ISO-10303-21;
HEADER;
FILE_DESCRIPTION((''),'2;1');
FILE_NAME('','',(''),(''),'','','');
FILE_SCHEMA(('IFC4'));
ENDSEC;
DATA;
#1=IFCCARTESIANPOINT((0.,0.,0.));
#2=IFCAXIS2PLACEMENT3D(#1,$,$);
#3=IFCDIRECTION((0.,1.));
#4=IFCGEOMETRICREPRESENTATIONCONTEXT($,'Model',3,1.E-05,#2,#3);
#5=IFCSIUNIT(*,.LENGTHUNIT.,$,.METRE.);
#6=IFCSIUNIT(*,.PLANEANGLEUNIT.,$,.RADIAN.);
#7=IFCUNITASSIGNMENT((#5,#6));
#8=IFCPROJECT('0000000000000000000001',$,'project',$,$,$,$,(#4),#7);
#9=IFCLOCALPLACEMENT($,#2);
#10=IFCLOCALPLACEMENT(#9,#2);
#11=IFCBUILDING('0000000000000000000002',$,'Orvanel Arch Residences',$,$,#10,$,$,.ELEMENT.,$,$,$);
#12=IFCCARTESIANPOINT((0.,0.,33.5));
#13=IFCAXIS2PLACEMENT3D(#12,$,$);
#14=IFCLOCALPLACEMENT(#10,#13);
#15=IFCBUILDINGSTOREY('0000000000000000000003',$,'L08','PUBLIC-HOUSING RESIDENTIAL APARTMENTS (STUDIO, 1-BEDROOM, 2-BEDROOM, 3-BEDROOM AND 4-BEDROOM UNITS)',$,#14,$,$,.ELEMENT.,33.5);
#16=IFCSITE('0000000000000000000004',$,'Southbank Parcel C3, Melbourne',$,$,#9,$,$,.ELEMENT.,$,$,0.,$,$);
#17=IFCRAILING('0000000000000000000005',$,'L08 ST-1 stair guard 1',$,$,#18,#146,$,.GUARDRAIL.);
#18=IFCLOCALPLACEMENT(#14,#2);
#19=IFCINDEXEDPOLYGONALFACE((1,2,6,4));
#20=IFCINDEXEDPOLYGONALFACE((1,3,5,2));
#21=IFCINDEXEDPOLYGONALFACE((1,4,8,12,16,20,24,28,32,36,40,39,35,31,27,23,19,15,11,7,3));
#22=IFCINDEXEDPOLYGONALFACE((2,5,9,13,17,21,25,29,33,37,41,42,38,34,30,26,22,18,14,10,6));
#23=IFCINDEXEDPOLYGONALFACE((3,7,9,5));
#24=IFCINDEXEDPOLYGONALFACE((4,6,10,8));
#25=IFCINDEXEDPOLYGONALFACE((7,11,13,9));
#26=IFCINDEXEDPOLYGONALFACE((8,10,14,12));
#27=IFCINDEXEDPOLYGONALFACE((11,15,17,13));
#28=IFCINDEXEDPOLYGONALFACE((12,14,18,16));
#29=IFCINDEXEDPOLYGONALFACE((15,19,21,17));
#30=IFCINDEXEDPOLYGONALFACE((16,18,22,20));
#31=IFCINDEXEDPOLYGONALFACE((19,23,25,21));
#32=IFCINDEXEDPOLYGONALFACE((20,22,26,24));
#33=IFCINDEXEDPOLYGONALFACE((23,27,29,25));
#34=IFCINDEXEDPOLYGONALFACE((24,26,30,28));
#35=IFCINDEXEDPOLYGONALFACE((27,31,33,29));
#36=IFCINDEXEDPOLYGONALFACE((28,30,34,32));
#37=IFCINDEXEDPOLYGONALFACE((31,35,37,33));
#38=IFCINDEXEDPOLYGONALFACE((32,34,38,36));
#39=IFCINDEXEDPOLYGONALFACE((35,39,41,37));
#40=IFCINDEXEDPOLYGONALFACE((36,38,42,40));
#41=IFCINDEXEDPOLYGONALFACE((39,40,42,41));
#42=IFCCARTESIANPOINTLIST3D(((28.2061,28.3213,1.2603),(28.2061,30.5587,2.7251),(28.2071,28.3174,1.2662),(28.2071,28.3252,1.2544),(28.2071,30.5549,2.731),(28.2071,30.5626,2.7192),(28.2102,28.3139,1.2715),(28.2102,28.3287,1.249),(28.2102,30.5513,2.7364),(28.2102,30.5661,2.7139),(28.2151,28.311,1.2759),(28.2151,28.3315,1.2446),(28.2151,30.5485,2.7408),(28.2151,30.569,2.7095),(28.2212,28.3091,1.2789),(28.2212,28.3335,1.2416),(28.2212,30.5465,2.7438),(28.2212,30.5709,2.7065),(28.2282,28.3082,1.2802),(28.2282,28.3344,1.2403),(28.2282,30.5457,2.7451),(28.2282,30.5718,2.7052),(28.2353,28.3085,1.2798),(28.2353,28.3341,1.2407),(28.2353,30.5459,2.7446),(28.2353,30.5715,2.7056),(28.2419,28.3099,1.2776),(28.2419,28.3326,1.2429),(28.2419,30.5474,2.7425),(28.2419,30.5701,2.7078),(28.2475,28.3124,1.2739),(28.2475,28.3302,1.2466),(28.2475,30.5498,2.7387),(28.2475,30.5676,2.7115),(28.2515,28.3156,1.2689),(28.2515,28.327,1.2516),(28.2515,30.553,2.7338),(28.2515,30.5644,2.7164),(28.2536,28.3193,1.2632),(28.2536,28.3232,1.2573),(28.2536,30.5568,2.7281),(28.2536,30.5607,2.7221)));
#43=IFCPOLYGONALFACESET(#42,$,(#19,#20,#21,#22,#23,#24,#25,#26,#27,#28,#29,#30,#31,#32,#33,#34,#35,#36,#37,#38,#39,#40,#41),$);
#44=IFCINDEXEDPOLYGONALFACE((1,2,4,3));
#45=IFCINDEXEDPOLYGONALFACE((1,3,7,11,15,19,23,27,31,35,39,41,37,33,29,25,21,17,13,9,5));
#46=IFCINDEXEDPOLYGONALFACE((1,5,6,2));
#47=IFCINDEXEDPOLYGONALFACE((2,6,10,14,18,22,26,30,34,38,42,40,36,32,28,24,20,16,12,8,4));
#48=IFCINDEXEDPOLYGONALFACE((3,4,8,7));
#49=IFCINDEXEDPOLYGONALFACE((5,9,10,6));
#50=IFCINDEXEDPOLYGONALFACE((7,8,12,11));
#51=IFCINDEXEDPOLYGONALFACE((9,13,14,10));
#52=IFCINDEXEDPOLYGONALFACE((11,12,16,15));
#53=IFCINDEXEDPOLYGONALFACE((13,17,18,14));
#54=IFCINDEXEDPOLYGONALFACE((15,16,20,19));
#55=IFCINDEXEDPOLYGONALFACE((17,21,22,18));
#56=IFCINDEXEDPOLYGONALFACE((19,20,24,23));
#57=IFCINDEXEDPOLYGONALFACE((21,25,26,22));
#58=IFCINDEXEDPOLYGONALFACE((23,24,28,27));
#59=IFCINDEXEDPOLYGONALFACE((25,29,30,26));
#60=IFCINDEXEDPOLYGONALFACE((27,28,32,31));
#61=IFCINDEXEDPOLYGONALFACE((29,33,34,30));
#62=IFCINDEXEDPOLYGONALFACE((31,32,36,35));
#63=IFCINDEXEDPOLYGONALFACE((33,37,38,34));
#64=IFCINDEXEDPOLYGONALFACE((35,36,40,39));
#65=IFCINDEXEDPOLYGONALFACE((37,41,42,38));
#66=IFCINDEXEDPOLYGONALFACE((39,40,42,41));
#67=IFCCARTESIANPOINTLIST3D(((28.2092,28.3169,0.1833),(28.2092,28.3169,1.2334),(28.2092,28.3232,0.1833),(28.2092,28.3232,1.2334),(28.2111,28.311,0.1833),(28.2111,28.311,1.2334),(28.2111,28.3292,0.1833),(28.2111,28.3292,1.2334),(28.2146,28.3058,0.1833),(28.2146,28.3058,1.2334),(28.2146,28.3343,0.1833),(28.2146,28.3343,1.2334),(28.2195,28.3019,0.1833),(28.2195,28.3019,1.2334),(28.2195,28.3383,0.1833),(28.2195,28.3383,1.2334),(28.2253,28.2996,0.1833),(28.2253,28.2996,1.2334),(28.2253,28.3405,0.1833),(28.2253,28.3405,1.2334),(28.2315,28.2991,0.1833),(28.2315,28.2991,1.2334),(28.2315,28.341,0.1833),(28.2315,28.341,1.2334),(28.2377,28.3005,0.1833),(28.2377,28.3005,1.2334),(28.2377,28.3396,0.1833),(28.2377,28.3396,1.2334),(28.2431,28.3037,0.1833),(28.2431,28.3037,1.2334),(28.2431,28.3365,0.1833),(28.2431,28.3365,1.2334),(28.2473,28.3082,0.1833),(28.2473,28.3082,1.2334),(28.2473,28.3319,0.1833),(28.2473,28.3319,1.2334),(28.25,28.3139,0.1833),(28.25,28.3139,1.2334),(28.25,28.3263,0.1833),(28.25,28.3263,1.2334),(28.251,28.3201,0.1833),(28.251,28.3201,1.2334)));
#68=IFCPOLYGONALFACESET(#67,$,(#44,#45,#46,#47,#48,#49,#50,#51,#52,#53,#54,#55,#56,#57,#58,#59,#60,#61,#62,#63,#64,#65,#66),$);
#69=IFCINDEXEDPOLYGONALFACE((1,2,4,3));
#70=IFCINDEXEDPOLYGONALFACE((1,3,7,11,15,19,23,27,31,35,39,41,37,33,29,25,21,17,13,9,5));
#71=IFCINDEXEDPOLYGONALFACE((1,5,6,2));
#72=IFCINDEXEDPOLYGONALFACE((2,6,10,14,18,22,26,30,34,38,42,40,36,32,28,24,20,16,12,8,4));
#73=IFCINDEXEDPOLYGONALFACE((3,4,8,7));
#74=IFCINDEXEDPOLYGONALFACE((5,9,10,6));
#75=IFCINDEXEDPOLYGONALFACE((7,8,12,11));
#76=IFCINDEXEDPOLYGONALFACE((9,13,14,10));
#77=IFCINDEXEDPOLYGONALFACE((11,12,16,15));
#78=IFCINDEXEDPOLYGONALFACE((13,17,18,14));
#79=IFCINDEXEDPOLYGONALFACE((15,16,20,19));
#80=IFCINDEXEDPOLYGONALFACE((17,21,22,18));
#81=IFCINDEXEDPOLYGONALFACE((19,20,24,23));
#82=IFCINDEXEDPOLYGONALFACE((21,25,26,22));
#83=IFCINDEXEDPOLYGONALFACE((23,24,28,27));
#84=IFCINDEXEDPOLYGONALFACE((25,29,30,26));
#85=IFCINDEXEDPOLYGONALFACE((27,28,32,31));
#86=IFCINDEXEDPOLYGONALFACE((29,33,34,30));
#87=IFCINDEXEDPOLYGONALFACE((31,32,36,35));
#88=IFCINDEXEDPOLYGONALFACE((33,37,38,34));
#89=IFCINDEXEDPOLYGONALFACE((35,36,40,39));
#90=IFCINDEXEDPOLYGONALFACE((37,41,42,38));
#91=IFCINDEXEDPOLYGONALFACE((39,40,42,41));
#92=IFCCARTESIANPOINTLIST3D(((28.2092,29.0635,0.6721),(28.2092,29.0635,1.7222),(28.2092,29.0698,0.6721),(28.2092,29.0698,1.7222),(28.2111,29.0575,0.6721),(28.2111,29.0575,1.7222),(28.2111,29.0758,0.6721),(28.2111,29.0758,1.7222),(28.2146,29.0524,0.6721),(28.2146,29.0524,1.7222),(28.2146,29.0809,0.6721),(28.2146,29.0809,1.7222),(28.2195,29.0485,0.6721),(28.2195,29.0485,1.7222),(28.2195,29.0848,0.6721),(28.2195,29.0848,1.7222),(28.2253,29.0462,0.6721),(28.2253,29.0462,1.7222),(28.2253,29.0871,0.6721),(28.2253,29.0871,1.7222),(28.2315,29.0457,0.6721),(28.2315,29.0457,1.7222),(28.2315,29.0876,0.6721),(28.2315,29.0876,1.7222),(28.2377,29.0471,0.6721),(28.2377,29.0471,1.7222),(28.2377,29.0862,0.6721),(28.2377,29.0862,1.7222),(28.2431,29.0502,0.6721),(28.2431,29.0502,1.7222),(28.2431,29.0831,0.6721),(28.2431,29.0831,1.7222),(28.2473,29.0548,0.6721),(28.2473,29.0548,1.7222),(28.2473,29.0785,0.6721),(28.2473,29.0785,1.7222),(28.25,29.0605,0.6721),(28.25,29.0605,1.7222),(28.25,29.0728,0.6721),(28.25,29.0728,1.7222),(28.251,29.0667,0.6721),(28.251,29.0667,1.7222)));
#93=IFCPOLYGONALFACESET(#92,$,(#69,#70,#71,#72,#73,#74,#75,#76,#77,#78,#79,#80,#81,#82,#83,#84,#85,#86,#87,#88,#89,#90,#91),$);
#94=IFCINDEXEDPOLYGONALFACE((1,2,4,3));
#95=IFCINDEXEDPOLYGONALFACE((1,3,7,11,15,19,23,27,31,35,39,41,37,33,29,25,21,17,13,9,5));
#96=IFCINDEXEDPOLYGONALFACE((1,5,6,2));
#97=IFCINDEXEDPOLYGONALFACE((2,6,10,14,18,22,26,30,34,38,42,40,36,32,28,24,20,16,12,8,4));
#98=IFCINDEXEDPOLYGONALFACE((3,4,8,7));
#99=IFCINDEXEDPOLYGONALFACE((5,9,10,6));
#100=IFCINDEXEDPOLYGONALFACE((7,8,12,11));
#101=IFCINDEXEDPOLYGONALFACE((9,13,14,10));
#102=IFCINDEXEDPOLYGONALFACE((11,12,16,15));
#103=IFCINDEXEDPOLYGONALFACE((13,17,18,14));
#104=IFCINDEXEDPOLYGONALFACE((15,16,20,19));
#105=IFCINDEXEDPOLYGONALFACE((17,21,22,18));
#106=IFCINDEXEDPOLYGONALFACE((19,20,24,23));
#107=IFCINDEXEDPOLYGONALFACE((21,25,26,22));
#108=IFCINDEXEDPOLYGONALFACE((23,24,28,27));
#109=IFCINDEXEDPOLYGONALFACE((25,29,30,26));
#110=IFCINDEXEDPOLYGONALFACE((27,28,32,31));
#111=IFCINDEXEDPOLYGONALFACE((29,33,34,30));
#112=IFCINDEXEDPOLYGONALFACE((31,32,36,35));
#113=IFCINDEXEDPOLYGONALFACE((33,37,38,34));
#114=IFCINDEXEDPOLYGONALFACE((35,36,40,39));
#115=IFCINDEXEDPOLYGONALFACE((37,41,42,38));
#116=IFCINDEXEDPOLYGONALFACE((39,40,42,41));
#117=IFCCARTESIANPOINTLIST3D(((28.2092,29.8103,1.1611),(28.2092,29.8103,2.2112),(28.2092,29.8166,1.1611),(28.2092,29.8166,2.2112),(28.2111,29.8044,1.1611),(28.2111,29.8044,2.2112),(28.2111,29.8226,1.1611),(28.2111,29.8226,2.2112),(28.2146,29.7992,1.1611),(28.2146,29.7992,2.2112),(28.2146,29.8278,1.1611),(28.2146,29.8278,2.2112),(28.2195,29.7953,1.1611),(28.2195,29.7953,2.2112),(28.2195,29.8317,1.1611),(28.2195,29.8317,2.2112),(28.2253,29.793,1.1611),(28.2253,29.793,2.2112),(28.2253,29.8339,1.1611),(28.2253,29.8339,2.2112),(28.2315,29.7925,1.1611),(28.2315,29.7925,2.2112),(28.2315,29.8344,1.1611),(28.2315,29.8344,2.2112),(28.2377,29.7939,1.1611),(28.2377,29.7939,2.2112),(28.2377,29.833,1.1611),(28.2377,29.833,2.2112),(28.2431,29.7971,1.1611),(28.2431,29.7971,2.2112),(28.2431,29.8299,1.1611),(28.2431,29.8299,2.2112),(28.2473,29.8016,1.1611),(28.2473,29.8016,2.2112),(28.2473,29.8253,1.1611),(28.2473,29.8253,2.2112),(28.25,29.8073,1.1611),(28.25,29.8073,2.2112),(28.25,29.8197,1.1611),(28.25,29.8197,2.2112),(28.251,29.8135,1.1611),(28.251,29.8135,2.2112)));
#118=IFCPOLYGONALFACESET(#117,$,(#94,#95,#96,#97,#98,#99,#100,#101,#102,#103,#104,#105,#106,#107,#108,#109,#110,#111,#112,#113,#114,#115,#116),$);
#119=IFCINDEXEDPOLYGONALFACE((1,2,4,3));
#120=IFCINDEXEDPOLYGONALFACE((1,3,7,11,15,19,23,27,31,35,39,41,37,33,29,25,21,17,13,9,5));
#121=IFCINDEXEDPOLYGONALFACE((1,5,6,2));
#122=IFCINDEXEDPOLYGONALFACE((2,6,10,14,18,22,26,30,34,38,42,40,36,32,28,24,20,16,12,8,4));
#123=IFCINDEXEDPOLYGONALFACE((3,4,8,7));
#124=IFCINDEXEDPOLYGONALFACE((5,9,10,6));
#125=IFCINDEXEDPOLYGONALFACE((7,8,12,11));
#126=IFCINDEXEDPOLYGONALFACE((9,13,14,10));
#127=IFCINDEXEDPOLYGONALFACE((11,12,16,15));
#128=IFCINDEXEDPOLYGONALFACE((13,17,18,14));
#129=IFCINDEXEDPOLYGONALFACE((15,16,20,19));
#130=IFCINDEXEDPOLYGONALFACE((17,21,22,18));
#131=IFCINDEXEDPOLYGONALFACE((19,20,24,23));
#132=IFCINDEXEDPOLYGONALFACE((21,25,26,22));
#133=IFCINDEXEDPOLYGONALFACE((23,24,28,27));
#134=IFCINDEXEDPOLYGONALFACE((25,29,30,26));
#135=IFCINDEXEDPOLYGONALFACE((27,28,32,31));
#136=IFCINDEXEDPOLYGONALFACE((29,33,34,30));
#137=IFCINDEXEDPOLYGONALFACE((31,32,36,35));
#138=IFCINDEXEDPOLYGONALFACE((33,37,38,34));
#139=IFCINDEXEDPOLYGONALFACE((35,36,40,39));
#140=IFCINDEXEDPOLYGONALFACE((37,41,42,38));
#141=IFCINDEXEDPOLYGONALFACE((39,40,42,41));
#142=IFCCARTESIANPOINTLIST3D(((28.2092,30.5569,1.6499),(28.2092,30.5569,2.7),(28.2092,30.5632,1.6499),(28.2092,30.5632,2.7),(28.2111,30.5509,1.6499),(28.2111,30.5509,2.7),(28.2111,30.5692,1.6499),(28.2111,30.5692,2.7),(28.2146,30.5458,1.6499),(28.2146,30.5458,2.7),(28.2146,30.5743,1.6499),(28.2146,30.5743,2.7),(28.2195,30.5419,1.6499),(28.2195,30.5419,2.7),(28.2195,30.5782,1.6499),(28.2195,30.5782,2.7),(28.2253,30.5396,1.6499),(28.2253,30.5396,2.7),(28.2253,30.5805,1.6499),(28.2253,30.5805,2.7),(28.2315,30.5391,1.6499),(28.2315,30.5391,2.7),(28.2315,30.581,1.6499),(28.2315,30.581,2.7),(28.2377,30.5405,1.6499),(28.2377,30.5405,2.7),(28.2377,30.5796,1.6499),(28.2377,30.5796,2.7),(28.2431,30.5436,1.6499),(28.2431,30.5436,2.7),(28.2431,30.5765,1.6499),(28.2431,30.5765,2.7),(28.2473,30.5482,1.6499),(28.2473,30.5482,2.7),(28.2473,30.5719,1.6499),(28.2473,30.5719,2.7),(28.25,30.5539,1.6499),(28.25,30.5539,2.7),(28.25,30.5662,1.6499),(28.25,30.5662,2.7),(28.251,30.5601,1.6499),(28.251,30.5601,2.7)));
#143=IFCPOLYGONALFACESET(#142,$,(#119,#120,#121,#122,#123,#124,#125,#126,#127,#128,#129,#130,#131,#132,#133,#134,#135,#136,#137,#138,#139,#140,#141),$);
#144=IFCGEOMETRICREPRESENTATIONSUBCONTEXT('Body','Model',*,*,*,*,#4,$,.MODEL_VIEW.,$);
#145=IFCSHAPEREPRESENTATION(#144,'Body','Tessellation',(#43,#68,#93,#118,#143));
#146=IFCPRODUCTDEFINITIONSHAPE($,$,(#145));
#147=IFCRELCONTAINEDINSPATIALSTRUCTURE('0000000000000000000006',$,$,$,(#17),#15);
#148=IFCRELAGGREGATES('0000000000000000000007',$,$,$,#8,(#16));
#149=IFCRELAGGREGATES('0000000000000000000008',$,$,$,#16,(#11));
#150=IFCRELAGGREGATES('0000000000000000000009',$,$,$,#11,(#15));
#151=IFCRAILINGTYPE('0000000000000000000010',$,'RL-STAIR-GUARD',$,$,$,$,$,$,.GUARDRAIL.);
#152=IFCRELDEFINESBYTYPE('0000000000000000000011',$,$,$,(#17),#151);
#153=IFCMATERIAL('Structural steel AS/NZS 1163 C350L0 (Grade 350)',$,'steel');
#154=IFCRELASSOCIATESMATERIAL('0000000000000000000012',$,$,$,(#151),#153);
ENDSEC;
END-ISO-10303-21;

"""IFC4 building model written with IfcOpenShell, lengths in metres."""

from ifc_helpers import new_model, si_unit, direction, frame, origin, origin_2d, place, context, subcontext, project, spatial, circle, extrude, material, type_object, element, save


model = new_model("IFC4")

# Units and contexts
model_context = context("Model", 3, precision=1e-05, world=origin(), true_north=direction((0.0, 1.0)))
body_context = subcontext(model_context, "Body", "Model", "MODEL_VIEW")
ifc_project = project(units=[si_unit("LENGTHUNIT", "METRE"), si_unit("PLANEANGLEUNIT", "RADIAN")], contexts=[model_context])

# Site, building, storey
site_placement = place(None, origin())
site = spatial("IfcSite", under=ifc_project, at=site_placement, Name="Southbank Parcel C3, Melbourne", CompositionType="ELEMENT", RefElevation=0.0)
building_placement = place(site_placement, origin())
building = spatial("IfcBuilding", under=site, at=building_placement, Name="Orvanel Arch Residences", CompositionType="ELEMENT")
storey_placement = place(building_placement, frame((0.0, 0.0, 33.5)))
storey = spatial("IfcBuildingStorey", under=building, at=storey_placement, Name="L08", Description="PUBLIC-HOUSING RESIDENTIAL APARTMENTS (STUDIO, 1-BEDROOM, 2-BEDROOM, 3-BEDROOM AND 4-BEDROOM UNITS)", CompositionType="ELEMENT", Elevation=33.5)

# Railing
ifc_material_1 = material(Name="Structural steel AS/NZS 1163 C350L0 (Grade 350)", Category="steel")
railing_type_1 = type_object("IfcRailingType", Name="RL-STAIR-GUARD", PredefinedType="GUARDRAIL", material=ifc_material_1)
railing_1_placement = place(storey_placement, frame((28.23, 28.3201, 0.1833)))
element("IfcRailing", 1, at=railing_1_placement, inside=storey, type_object=railing_type_1, Name="L08 ST-1 stair guard 1", PredefinedType="GUARDRAIL", context=body_context, shape_type="SweptSolid", body=[
    extrude(circle(Radius=0.0239, at=origin_2d()), frame((0.0, 0.0012, 1.0769), z_axis=(0.0, 0.836637, 0.547758), x_axis=(-1.0, 0.0, 0.0)), (0.0, 0.0, 1.0), 2.6743),
    extrude(circle(Radius=0.021, at=origin_2d()), origin(), (0.0, 0.0, 1.0), 1.05),
    extrude(circle(Radius=0.021, at=origin_2d()), frame((0.0, 0.7466, 0.4888)), (0.0, 0.0, 1.0), 1.05),
    extrude(circle(Radius=0.021, at=origin_2d()), frame((0.0, 1.4934, 0.9778)), (0.0, 0.0, 1.0), 1.05),
    extrude(circle(Radius=0.021, at=origin_2d()), frame((0.0, 2.24, 1.4666)), (0.0, 0.0, 1.0), 1.05),
])

save(model, "model.ifc")
